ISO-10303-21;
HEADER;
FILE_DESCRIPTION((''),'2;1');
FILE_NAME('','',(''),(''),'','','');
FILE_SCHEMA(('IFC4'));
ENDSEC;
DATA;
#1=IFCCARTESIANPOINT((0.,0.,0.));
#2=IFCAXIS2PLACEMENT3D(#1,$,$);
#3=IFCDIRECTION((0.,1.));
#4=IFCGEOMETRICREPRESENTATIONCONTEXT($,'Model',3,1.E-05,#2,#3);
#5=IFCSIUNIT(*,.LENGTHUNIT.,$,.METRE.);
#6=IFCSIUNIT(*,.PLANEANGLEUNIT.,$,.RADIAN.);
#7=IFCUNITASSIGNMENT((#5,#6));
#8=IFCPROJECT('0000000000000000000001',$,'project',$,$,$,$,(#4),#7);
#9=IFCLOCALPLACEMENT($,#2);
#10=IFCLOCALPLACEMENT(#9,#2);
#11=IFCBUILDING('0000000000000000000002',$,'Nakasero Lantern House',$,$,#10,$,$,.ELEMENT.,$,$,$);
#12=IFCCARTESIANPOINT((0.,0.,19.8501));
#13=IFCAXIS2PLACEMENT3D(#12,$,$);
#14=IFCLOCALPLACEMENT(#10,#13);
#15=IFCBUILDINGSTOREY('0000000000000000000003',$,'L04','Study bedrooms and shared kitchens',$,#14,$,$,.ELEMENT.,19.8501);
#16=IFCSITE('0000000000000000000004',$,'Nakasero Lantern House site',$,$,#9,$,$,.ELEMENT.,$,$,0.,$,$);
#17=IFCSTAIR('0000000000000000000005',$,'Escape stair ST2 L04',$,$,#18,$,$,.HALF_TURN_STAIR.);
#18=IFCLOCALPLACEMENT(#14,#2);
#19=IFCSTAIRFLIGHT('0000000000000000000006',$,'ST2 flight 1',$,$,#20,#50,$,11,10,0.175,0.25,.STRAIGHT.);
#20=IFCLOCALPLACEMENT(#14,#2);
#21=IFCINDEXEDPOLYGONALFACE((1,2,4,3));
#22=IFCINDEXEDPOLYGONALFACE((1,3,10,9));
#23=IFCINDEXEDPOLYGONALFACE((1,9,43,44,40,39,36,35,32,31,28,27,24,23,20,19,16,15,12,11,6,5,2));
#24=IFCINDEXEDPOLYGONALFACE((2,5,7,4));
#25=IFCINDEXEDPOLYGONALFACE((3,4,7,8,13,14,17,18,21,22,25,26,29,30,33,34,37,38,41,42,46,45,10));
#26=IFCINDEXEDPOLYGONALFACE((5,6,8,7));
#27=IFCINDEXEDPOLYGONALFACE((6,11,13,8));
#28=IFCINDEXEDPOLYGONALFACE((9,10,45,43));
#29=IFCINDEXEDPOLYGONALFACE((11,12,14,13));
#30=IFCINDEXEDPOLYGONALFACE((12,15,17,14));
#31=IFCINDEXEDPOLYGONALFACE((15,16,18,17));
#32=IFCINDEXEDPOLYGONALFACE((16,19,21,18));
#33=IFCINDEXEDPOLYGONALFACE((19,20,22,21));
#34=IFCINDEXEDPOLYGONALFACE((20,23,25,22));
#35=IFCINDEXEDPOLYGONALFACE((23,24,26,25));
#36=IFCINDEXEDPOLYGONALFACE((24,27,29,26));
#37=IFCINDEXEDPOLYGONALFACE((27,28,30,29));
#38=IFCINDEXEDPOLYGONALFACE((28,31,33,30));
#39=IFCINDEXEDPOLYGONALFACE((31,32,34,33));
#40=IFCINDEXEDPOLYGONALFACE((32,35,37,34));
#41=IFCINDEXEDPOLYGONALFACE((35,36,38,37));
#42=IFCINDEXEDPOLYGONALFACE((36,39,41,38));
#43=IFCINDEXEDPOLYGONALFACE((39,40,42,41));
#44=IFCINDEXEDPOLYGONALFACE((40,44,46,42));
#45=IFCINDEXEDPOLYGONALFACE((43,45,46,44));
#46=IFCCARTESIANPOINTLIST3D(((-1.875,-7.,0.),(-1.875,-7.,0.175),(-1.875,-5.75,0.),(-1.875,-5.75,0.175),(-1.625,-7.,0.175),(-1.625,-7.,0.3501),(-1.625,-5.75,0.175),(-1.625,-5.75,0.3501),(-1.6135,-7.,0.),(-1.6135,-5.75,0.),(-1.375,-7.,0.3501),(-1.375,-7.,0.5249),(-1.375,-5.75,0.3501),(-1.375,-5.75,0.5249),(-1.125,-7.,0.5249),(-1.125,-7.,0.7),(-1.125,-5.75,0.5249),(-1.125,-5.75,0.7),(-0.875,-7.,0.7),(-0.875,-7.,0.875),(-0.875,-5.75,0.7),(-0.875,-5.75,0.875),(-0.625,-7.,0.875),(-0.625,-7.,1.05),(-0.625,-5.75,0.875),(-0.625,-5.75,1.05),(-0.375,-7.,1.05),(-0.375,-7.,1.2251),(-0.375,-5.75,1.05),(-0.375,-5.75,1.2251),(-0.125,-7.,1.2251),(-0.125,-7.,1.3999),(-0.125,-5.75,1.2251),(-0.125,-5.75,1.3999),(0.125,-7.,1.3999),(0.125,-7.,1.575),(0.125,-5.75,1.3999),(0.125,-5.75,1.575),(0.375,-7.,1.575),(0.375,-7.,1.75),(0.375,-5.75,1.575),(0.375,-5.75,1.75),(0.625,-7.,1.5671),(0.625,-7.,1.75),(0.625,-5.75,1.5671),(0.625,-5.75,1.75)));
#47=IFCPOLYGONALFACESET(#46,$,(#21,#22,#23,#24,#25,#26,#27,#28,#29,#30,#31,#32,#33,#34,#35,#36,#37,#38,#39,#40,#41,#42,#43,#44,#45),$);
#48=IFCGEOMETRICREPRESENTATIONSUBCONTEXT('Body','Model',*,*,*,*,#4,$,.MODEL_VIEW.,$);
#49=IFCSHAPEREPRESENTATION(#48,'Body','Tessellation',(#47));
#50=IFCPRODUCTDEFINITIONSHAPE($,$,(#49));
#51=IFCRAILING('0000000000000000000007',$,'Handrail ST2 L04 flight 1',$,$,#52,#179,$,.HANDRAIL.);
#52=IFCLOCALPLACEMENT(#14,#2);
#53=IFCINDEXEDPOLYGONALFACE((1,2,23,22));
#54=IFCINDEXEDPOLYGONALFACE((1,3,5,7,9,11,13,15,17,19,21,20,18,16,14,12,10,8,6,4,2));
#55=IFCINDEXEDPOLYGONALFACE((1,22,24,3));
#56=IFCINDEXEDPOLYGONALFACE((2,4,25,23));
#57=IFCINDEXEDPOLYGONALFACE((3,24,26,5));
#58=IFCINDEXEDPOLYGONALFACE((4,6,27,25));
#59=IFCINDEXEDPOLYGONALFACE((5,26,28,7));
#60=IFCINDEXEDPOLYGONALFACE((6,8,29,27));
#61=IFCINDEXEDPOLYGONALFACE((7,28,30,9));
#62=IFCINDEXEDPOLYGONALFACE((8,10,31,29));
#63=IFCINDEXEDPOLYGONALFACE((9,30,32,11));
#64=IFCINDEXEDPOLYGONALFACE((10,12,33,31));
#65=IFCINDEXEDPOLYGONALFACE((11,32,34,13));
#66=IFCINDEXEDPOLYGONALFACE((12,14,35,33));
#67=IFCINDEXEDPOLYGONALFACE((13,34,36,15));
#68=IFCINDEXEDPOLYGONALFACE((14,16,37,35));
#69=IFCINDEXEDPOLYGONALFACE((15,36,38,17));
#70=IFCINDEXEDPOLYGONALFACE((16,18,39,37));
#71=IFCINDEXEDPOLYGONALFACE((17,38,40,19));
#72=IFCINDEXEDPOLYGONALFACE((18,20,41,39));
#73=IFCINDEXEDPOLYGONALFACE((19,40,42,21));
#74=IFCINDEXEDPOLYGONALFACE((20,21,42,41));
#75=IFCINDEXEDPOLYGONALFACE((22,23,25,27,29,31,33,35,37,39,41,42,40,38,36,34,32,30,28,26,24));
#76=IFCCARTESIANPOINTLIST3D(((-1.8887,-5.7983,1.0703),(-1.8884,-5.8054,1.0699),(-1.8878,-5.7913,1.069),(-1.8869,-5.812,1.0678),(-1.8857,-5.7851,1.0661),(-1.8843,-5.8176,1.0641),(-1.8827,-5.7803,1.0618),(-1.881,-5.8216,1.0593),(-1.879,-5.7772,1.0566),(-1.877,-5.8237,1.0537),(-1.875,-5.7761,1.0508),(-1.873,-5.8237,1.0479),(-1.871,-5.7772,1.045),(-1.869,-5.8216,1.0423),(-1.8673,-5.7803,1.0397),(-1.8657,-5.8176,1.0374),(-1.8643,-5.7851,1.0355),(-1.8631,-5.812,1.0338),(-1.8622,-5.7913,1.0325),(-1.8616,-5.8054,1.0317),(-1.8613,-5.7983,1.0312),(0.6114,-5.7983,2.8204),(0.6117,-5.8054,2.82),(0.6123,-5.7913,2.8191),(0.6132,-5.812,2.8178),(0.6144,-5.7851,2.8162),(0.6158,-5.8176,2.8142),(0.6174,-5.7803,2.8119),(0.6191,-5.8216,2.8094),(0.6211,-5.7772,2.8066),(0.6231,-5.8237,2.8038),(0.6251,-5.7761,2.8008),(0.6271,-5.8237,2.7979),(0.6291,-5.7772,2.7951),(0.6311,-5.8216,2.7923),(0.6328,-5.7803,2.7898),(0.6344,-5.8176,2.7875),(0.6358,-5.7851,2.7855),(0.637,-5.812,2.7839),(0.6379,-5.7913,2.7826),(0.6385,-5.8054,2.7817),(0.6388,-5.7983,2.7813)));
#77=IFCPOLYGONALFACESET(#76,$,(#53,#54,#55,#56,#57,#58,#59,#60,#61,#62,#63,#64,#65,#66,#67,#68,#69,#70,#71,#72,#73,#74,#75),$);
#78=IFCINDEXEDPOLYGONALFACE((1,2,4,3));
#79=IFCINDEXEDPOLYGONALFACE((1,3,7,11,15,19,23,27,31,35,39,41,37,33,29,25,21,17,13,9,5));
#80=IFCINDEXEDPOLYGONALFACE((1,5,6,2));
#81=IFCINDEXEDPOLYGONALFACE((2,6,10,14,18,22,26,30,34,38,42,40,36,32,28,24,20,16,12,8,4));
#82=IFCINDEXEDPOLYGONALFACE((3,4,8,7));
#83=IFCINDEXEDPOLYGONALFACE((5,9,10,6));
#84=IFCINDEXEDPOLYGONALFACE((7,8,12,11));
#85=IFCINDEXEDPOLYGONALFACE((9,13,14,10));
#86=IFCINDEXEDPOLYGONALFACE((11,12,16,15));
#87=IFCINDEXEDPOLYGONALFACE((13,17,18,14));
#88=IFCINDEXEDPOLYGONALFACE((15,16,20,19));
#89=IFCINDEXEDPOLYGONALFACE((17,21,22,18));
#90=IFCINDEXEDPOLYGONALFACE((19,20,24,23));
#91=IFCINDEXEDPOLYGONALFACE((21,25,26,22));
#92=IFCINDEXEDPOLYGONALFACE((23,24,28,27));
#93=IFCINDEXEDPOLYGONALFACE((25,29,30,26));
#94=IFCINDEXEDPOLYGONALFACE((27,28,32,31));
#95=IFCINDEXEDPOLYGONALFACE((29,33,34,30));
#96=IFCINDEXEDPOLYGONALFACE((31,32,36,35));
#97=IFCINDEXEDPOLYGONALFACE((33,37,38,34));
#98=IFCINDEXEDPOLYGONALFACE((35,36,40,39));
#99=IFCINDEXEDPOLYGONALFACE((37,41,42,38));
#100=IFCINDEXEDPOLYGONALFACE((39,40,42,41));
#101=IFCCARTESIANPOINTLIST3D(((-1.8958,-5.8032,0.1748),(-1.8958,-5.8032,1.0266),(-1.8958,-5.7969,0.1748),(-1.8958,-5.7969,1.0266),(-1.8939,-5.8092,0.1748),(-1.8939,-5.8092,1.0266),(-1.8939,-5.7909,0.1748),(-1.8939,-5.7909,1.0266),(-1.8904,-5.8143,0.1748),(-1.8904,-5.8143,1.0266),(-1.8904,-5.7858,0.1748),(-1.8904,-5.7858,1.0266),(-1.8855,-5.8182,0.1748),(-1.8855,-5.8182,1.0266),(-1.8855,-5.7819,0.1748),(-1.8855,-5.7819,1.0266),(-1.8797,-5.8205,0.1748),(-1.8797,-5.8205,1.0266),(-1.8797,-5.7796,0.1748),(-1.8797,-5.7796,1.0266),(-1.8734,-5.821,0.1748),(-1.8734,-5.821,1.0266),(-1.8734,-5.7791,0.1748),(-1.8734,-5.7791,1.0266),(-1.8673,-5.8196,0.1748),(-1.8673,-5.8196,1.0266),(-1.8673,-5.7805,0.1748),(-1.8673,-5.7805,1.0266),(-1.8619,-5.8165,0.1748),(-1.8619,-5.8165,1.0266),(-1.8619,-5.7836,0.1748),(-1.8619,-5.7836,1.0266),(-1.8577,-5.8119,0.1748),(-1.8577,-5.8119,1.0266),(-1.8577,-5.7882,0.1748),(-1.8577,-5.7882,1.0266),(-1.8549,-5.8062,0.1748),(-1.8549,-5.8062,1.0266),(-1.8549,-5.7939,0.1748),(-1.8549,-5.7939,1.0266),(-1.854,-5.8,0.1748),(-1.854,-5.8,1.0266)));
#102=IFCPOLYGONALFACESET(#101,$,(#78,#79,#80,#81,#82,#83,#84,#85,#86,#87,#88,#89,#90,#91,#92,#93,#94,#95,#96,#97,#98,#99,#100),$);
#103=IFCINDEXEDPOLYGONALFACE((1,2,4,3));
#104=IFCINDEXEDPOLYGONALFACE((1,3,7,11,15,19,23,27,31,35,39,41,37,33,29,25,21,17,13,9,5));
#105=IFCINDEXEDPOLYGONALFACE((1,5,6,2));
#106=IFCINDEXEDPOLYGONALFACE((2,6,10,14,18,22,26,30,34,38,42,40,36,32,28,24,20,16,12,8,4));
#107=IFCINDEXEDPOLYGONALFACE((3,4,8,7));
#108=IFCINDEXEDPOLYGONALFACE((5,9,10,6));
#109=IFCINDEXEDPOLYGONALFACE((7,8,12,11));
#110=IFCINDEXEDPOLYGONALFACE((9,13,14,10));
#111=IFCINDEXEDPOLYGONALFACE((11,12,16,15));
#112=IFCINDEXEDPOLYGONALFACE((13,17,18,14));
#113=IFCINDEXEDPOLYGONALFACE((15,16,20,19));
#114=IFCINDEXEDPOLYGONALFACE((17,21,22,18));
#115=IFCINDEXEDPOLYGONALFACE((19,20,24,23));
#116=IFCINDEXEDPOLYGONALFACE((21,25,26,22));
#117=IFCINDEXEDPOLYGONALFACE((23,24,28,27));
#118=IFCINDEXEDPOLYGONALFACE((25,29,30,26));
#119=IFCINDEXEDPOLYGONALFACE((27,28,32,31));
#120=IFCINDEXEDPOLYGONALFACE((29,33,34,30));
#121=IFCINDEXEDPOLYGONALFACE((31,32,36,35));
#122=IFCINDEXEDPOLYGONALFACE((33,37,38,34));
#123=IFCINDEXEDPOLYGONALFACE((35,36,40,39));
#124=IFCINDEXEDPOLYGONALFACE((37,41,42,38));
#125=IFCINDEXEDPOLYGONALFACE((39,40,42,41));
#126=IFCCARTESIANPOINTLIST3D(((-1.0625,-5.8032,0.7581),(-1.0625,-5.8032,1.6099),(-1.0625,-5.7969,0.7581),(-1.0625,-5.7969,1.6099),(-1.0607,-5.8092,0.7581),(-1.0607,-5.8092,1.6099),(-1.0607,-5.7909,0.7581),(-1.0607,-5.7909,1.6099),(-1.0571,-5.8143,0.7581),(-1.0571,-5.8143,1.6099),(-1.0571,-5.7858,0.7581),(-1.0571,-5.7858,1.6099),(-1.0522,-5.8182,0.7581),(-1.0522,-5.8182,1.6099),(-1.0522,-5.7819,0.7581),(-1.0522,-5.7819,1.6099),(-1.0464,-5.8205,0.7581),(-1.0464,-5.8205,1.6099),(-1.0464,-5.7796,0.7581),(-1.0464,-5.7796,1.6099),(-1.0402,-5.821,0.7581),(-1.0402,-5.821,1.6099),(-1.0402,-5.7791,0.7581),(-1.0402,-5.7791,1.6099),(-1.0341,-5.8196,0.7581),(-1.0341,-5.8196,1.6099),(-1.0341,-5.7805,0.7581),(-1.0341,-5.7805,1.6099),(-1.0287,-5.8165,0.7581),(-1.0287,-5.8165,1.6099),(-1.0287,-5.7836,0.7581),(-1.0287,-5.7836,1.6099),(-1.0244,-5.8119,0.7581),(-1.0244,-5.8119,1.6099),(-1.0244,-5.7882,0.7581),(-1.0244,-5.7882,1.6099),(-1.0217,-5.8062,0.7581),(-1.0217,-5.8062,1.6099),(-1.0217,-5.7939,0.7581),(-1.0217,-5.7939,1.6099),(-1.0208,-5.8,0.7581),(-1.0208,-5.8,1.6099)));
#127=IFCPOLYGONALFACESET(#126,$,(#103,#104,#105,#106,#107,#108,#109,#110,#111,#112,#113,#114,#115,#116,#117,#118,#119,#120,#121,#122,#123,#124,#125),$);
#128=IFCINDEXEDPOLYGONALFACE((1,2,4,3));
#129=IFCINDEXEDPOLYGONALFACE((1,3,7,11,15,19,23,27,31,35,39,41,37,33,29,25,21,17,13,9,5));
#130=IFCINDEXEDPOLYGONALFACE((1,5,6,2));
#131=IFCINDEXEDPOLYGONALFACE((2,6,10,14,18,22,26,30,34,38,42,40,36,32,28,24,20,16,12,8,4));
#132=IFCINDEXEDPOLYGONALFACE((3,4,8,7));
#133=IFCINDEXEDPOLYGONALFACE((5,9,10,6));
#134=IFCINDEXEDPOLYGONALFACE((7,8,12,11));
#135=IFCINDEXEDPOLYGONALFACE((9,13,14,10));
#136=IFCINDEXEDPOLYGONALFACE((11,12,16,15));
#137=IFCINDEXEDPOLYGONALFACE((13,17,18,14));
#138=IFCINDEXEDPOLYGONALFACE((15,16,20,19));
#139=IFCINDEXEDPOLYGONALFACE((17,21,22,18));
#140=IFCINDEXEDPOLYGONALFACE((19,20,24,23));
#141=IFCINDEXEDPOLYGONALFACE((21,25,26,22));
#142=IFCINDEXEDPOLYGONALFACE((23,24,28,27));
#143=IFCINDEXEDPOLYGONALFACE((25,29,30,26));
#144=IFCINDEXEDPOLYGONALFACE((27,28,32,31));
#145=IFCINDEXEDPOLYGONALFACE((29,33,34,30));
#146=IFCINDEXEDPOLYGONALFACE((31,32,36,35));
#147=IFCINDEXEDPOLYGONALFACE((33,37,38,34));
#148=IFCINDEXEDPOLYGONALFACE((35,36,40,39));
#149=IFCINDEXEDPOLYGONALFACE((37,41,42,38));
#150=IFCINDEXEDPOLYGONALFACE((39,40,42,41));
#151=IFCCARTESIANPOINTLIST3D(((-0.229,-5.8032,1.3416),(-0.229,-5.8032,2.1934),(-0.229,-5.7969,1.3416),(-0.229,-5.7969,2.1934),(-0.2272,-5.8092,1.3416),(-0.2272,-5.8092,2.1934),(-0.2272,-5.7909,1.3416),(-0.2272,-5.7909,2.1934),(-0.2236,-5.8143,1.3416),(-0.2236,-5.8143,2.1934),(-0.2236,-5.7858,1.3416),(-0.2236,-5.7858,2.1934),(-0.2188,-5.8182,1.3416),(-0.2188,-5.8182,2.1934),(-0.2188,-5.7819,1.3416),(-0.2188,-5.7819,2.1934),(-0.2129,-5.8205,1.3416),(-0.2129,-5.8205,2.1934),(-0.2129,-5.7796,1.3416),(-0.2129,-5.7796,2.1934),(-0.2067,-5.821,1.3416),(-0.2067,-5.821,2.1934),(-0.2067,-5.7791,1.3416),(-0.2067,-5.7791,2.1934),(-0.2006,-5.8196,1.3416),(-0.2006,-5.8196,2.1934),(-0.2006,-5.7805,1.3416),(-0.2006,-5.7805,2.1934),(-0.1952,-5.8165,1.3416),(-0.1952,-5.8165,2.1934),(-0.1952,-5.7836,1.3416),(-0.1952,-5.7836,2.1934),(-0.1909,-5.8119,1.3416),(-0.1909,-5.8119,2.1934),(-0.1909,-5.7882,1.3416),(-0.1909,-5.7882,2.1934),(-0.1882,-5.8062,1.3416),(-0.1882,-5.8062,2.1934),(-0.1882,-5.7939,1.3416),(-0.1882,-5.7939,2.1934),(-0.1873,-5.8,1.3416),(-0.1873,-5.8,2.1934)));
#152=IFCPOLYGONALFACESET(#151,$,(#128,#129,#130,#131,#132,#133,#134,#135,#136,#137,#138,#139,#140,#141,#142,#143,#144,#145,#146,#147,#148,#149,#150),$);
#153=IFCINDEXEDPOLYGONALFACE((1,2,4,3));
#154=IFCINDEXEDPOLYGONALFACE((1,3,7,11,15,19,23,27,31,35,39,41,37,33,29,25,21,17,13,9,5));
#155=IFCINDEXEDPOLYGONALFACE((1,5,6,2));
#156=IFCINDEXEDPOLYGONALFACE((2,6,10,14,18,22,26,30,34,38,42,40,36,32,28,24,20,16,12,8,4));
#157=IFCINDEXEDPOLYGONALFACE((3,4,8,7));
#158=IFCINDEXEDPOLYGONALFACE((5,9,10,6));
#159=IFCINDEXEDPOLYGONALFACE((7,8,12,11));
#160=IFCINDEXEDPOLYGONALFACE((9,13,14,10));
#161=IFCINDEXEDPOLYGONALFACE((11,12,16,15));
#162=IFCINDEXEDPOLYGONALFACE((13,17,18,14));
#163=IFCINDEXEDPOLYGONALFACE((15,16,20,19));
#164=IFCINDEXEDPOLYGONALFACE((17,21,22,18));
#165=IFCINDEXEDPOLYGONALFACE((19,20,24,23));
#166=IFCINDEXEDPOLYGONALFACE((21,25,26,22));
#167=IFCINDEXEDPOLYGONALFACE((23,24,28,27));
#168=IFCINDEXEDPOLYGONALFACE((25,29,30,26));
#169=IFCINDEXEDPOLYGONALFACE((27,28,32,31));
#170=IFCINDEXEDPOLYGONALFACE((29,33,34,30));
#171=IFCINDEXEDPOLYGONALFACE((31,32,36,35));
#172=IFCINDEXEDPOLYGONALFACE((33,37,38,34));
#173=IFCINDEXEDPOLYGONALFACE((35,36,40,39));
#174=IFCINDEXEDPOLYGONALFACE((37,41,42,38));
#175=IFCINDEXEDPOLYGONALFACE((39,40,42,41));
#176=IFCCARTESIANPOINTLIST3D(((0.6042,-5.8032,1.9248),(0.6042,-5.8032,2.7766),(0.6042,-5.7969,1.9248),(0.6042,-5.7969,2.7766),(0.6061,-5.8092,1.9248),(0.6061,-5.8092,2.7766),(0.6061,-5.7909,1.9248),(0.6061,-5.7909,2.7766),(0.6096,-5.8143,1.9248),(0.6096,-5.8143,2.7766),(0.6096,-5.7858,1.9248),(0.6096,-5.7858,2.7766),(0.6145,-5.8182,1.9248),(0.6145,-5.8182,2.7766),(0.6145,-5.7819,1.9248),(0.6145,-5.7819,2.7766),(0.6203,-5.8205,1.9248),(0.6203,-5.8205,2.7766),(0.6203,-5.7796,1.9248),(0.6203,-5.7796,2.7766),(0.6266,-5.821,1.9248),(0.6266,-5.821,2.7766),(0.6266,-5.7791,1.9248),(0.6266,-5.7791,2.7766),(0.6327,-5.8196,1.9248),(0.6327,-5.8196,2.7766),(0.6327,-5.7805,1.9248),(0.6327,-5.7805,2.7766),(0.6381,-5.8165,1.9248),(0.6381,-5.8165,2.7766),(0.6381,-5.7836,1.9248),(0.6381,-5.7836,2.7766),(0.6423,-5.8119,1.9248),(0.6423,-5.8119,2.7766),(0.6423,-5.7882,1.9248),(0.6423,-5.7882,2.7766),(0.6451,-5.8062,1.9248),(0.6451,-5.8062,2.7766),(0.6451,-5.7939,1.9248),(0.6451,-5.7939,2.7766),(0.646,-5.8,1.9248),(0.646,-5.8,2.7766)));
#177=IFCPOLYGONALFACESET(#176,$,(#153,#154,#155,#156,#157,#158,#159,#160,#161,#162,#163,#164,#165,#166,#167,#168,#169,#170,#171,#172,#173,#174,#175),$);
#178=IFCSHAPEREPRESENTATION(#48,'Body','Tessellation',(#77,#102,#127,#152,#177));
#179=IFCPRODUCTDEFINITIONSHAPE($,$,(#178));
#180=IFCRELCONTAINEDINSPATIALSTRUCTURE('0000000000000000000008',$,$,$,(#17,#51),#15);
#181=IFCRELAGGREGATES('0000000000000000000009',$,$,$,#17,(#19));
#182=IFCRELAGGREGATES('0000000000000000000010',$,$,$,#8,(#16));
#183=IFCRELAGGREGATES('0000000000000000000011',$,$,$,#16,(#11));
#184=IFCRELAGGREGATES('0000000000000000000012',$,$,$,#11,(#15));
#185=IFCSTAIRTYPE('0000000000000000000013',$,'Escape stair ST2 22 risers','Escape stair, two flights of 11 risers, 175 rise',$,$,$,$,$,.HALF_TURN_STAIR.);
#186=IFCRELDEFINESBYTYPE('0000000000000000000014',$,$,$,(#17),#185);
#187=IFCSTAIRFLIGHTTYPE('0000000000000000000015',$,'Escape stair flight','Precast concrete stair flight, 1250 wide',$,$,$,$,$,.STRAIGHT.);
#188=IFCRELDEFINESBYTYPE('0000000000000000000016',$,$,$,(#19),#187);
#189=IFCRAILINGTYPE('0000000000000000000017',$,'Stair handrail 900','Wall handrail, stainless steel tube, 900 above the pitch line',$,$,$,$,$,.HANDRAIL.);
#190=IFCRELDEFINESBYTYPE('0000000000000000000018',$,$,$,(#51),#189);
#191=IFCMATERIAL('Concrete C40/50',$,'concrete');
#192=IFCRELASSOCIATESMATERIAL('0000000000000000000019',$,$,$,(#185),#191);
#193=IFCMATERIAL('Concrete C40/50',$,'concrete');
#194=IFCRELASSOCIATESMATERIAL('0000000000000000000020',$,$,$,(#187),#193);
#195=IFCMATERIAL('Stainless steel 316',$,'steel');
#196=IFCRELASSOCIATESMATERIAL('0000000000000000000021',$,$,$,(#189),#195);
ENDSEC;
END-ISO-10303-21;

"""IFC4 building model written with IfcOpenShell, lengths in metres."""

from ifc_helpers import new_model, si_unit, direction, frame, origin, origin_2d, place, context, subcontext, project, spatial, polyline, circle, outline, extrude, material, type_object, element, aggregate, save


model = new_model("IFC4")

# Units and contexts
model_context = context("Model", 3, precision=1e-05, world=origin(), true_north=direction((0.0, 1.0)))
body_context = subcontext(model_context, "Body", "Model", "MODEL_VIEW")
ifc_project = project(units=[si_unit("LENGTHUNIT", "METRE"), si_unit("PLANEANGLEUNIT", "RADIAN")], contexts=[model_context])

# Site, building, storey
site_placement = place(None, origin())
site = spatial("IfcSite", under=ifc_project, at=site_placement, Name="Nakasero Lantern House site", CompositionType="ELEMENT", RefElevation=0.0)
building_placement = place(site_placement, origin())
building = spatial("IfcBuilding", under=site, at=building_placement, Name="Nakasero Lantern House", CompositionType="ELEMENT")
storey_placement = place(building_placement, frame((0.0, 0.0, 19.8501)))
storey = spatial("IfcBuildingStorey", under=building, at=storey_placement, Name="L04", Description="Study bedrooms and shared kitchens", CompositionType="ELEMENT", Elevation=19.8501)

# Stair, stair flight
ifc_material_1 = material(Name="Concrete C40/50", Category="concrete")
stair_type = type_object("IfcStairType", Name="Escape stair ST2 22 risers", Description="Escape stair, two flights of 11 risers, 175 rise", PredefinedType="HALF_TURN_STAIR", material=ifc_material_1)
stair_placement = place(storey_placement, origin())
stair = element("IfcStair", 1, at=stair_placement, inside=storey, type_object=stair_type, Name="Escape stair ST2 L04", PredefinedType="HALF_TURN_STAIR")
ifc_material_2 = material(Name="Concrete C40/50", Category="concrete")
stair_flight_type = type_object("IfcStairFlightType", Name="Escape stair flight", Description="Precast concrete stair flight, 1250 wide", PredefinedType="STRAIGHT", material=ifc_material_2)
stair_flight_placement = place(storey_placement, frame((-1.875, -6.375, 0.0), z_axis=(0.0, 0.0, 1.0), x_axis=(1.0, 0.0, 0.0)))
stair_flight = element("IfcStairFlight", 2, at=stair_flight_placement, type_object=stair_flight_type, Name="ST2 flight 1", NumberOfRisers=11, NumberOfTreads=10, PredefinedType="STRAIGHT", RiserHeight=0.175, TreadLength=0.25, context=body_context, shape_type="SweptSolid", body=[
    extrude(outline(polyline([(0.0, 0.0), (0.0, 0.175), (0.25, 0.175), (0.25, 0.3501), (0.5, 0.3501), (0.5, 0.5249), (0.75, 0.5249), (0.75, 0.7), (1.0, 0.7), (1.0, 0.875), (1.25, 0.875), (1.25, 1.05), (1.5, 1.05), (1.5, 1.2251), (1.75, 1.2251), (1.75, 1.3999), (2.0, 1.3999), (2.0, 1.575), (2.25, 1.575), (2.25, 1.75), (2.5, 1.75), (2.5, 1.925), (2.5, 1.5671), (0.2615, 0.0), (0.0, 0.0)])), frame((0.0, 0.625, 0.0), z_axis=(0.0, -1.0, 0.0), x_axis=(1.0, 0.0, 0.0)), (0.0, 0.0, 1.0), 1.25),
])
aggregate(stair, [stair_flight])

# Railing
ifc_material_3 = material(Name="Stainless steel 316", Category="steel")
railing_type = type_object("IfcRailingType", Name="Stair handrail 900", Description="Wall handrail, stainless steel tube, 900 above the pitch line", PredefinedType="HANDRAIL", material=ifc_material_3)
railing_placement = place(storey_placement, frame((-1.875, -5.8, 0.1748)))
element("IfcRailing", 3, at=railing_placement, inside=storey, type_object=railing_type, Name="Handrail ST2 L04 flight 1", PredefinedType="HANDRAIL", context=body_context, shape_type="SweptSolid", body=[
    extrude(circle(Radius=0.0239, at=origin_2d()), frame((0.0, 0.0, 0.876), z_axis=(0.819232, 0.0, 0.573462), x_axis=(0.0, 1.0, 0.0)), (0.0, 0.0, 1.0), 3.0518),
    extrude(circle(Radius=0.021, at=origin_2d()), origin(), (0.0, 0.0, 1.0), 0.8518),
    extrude(circle(Radius=0.021, at=origin_2d()), frame((0.8333, 0.0, 0.5833)), (0.0, 0.0, 1.0), 0.8518),
    extrude(circle(Radius=0.021, at=origin_2d()), frame((1.6667, 0.0, 1.1667)), (0.0, 0.0, 1.0), 0.8518),
    extrude(circle(Radius=0.021, at=origin_2d()), frame((2.5, 0.0, 1.75)), (0.0, 0.0, 1.0), 0.8518),
])

save(model, "model.ifc")
